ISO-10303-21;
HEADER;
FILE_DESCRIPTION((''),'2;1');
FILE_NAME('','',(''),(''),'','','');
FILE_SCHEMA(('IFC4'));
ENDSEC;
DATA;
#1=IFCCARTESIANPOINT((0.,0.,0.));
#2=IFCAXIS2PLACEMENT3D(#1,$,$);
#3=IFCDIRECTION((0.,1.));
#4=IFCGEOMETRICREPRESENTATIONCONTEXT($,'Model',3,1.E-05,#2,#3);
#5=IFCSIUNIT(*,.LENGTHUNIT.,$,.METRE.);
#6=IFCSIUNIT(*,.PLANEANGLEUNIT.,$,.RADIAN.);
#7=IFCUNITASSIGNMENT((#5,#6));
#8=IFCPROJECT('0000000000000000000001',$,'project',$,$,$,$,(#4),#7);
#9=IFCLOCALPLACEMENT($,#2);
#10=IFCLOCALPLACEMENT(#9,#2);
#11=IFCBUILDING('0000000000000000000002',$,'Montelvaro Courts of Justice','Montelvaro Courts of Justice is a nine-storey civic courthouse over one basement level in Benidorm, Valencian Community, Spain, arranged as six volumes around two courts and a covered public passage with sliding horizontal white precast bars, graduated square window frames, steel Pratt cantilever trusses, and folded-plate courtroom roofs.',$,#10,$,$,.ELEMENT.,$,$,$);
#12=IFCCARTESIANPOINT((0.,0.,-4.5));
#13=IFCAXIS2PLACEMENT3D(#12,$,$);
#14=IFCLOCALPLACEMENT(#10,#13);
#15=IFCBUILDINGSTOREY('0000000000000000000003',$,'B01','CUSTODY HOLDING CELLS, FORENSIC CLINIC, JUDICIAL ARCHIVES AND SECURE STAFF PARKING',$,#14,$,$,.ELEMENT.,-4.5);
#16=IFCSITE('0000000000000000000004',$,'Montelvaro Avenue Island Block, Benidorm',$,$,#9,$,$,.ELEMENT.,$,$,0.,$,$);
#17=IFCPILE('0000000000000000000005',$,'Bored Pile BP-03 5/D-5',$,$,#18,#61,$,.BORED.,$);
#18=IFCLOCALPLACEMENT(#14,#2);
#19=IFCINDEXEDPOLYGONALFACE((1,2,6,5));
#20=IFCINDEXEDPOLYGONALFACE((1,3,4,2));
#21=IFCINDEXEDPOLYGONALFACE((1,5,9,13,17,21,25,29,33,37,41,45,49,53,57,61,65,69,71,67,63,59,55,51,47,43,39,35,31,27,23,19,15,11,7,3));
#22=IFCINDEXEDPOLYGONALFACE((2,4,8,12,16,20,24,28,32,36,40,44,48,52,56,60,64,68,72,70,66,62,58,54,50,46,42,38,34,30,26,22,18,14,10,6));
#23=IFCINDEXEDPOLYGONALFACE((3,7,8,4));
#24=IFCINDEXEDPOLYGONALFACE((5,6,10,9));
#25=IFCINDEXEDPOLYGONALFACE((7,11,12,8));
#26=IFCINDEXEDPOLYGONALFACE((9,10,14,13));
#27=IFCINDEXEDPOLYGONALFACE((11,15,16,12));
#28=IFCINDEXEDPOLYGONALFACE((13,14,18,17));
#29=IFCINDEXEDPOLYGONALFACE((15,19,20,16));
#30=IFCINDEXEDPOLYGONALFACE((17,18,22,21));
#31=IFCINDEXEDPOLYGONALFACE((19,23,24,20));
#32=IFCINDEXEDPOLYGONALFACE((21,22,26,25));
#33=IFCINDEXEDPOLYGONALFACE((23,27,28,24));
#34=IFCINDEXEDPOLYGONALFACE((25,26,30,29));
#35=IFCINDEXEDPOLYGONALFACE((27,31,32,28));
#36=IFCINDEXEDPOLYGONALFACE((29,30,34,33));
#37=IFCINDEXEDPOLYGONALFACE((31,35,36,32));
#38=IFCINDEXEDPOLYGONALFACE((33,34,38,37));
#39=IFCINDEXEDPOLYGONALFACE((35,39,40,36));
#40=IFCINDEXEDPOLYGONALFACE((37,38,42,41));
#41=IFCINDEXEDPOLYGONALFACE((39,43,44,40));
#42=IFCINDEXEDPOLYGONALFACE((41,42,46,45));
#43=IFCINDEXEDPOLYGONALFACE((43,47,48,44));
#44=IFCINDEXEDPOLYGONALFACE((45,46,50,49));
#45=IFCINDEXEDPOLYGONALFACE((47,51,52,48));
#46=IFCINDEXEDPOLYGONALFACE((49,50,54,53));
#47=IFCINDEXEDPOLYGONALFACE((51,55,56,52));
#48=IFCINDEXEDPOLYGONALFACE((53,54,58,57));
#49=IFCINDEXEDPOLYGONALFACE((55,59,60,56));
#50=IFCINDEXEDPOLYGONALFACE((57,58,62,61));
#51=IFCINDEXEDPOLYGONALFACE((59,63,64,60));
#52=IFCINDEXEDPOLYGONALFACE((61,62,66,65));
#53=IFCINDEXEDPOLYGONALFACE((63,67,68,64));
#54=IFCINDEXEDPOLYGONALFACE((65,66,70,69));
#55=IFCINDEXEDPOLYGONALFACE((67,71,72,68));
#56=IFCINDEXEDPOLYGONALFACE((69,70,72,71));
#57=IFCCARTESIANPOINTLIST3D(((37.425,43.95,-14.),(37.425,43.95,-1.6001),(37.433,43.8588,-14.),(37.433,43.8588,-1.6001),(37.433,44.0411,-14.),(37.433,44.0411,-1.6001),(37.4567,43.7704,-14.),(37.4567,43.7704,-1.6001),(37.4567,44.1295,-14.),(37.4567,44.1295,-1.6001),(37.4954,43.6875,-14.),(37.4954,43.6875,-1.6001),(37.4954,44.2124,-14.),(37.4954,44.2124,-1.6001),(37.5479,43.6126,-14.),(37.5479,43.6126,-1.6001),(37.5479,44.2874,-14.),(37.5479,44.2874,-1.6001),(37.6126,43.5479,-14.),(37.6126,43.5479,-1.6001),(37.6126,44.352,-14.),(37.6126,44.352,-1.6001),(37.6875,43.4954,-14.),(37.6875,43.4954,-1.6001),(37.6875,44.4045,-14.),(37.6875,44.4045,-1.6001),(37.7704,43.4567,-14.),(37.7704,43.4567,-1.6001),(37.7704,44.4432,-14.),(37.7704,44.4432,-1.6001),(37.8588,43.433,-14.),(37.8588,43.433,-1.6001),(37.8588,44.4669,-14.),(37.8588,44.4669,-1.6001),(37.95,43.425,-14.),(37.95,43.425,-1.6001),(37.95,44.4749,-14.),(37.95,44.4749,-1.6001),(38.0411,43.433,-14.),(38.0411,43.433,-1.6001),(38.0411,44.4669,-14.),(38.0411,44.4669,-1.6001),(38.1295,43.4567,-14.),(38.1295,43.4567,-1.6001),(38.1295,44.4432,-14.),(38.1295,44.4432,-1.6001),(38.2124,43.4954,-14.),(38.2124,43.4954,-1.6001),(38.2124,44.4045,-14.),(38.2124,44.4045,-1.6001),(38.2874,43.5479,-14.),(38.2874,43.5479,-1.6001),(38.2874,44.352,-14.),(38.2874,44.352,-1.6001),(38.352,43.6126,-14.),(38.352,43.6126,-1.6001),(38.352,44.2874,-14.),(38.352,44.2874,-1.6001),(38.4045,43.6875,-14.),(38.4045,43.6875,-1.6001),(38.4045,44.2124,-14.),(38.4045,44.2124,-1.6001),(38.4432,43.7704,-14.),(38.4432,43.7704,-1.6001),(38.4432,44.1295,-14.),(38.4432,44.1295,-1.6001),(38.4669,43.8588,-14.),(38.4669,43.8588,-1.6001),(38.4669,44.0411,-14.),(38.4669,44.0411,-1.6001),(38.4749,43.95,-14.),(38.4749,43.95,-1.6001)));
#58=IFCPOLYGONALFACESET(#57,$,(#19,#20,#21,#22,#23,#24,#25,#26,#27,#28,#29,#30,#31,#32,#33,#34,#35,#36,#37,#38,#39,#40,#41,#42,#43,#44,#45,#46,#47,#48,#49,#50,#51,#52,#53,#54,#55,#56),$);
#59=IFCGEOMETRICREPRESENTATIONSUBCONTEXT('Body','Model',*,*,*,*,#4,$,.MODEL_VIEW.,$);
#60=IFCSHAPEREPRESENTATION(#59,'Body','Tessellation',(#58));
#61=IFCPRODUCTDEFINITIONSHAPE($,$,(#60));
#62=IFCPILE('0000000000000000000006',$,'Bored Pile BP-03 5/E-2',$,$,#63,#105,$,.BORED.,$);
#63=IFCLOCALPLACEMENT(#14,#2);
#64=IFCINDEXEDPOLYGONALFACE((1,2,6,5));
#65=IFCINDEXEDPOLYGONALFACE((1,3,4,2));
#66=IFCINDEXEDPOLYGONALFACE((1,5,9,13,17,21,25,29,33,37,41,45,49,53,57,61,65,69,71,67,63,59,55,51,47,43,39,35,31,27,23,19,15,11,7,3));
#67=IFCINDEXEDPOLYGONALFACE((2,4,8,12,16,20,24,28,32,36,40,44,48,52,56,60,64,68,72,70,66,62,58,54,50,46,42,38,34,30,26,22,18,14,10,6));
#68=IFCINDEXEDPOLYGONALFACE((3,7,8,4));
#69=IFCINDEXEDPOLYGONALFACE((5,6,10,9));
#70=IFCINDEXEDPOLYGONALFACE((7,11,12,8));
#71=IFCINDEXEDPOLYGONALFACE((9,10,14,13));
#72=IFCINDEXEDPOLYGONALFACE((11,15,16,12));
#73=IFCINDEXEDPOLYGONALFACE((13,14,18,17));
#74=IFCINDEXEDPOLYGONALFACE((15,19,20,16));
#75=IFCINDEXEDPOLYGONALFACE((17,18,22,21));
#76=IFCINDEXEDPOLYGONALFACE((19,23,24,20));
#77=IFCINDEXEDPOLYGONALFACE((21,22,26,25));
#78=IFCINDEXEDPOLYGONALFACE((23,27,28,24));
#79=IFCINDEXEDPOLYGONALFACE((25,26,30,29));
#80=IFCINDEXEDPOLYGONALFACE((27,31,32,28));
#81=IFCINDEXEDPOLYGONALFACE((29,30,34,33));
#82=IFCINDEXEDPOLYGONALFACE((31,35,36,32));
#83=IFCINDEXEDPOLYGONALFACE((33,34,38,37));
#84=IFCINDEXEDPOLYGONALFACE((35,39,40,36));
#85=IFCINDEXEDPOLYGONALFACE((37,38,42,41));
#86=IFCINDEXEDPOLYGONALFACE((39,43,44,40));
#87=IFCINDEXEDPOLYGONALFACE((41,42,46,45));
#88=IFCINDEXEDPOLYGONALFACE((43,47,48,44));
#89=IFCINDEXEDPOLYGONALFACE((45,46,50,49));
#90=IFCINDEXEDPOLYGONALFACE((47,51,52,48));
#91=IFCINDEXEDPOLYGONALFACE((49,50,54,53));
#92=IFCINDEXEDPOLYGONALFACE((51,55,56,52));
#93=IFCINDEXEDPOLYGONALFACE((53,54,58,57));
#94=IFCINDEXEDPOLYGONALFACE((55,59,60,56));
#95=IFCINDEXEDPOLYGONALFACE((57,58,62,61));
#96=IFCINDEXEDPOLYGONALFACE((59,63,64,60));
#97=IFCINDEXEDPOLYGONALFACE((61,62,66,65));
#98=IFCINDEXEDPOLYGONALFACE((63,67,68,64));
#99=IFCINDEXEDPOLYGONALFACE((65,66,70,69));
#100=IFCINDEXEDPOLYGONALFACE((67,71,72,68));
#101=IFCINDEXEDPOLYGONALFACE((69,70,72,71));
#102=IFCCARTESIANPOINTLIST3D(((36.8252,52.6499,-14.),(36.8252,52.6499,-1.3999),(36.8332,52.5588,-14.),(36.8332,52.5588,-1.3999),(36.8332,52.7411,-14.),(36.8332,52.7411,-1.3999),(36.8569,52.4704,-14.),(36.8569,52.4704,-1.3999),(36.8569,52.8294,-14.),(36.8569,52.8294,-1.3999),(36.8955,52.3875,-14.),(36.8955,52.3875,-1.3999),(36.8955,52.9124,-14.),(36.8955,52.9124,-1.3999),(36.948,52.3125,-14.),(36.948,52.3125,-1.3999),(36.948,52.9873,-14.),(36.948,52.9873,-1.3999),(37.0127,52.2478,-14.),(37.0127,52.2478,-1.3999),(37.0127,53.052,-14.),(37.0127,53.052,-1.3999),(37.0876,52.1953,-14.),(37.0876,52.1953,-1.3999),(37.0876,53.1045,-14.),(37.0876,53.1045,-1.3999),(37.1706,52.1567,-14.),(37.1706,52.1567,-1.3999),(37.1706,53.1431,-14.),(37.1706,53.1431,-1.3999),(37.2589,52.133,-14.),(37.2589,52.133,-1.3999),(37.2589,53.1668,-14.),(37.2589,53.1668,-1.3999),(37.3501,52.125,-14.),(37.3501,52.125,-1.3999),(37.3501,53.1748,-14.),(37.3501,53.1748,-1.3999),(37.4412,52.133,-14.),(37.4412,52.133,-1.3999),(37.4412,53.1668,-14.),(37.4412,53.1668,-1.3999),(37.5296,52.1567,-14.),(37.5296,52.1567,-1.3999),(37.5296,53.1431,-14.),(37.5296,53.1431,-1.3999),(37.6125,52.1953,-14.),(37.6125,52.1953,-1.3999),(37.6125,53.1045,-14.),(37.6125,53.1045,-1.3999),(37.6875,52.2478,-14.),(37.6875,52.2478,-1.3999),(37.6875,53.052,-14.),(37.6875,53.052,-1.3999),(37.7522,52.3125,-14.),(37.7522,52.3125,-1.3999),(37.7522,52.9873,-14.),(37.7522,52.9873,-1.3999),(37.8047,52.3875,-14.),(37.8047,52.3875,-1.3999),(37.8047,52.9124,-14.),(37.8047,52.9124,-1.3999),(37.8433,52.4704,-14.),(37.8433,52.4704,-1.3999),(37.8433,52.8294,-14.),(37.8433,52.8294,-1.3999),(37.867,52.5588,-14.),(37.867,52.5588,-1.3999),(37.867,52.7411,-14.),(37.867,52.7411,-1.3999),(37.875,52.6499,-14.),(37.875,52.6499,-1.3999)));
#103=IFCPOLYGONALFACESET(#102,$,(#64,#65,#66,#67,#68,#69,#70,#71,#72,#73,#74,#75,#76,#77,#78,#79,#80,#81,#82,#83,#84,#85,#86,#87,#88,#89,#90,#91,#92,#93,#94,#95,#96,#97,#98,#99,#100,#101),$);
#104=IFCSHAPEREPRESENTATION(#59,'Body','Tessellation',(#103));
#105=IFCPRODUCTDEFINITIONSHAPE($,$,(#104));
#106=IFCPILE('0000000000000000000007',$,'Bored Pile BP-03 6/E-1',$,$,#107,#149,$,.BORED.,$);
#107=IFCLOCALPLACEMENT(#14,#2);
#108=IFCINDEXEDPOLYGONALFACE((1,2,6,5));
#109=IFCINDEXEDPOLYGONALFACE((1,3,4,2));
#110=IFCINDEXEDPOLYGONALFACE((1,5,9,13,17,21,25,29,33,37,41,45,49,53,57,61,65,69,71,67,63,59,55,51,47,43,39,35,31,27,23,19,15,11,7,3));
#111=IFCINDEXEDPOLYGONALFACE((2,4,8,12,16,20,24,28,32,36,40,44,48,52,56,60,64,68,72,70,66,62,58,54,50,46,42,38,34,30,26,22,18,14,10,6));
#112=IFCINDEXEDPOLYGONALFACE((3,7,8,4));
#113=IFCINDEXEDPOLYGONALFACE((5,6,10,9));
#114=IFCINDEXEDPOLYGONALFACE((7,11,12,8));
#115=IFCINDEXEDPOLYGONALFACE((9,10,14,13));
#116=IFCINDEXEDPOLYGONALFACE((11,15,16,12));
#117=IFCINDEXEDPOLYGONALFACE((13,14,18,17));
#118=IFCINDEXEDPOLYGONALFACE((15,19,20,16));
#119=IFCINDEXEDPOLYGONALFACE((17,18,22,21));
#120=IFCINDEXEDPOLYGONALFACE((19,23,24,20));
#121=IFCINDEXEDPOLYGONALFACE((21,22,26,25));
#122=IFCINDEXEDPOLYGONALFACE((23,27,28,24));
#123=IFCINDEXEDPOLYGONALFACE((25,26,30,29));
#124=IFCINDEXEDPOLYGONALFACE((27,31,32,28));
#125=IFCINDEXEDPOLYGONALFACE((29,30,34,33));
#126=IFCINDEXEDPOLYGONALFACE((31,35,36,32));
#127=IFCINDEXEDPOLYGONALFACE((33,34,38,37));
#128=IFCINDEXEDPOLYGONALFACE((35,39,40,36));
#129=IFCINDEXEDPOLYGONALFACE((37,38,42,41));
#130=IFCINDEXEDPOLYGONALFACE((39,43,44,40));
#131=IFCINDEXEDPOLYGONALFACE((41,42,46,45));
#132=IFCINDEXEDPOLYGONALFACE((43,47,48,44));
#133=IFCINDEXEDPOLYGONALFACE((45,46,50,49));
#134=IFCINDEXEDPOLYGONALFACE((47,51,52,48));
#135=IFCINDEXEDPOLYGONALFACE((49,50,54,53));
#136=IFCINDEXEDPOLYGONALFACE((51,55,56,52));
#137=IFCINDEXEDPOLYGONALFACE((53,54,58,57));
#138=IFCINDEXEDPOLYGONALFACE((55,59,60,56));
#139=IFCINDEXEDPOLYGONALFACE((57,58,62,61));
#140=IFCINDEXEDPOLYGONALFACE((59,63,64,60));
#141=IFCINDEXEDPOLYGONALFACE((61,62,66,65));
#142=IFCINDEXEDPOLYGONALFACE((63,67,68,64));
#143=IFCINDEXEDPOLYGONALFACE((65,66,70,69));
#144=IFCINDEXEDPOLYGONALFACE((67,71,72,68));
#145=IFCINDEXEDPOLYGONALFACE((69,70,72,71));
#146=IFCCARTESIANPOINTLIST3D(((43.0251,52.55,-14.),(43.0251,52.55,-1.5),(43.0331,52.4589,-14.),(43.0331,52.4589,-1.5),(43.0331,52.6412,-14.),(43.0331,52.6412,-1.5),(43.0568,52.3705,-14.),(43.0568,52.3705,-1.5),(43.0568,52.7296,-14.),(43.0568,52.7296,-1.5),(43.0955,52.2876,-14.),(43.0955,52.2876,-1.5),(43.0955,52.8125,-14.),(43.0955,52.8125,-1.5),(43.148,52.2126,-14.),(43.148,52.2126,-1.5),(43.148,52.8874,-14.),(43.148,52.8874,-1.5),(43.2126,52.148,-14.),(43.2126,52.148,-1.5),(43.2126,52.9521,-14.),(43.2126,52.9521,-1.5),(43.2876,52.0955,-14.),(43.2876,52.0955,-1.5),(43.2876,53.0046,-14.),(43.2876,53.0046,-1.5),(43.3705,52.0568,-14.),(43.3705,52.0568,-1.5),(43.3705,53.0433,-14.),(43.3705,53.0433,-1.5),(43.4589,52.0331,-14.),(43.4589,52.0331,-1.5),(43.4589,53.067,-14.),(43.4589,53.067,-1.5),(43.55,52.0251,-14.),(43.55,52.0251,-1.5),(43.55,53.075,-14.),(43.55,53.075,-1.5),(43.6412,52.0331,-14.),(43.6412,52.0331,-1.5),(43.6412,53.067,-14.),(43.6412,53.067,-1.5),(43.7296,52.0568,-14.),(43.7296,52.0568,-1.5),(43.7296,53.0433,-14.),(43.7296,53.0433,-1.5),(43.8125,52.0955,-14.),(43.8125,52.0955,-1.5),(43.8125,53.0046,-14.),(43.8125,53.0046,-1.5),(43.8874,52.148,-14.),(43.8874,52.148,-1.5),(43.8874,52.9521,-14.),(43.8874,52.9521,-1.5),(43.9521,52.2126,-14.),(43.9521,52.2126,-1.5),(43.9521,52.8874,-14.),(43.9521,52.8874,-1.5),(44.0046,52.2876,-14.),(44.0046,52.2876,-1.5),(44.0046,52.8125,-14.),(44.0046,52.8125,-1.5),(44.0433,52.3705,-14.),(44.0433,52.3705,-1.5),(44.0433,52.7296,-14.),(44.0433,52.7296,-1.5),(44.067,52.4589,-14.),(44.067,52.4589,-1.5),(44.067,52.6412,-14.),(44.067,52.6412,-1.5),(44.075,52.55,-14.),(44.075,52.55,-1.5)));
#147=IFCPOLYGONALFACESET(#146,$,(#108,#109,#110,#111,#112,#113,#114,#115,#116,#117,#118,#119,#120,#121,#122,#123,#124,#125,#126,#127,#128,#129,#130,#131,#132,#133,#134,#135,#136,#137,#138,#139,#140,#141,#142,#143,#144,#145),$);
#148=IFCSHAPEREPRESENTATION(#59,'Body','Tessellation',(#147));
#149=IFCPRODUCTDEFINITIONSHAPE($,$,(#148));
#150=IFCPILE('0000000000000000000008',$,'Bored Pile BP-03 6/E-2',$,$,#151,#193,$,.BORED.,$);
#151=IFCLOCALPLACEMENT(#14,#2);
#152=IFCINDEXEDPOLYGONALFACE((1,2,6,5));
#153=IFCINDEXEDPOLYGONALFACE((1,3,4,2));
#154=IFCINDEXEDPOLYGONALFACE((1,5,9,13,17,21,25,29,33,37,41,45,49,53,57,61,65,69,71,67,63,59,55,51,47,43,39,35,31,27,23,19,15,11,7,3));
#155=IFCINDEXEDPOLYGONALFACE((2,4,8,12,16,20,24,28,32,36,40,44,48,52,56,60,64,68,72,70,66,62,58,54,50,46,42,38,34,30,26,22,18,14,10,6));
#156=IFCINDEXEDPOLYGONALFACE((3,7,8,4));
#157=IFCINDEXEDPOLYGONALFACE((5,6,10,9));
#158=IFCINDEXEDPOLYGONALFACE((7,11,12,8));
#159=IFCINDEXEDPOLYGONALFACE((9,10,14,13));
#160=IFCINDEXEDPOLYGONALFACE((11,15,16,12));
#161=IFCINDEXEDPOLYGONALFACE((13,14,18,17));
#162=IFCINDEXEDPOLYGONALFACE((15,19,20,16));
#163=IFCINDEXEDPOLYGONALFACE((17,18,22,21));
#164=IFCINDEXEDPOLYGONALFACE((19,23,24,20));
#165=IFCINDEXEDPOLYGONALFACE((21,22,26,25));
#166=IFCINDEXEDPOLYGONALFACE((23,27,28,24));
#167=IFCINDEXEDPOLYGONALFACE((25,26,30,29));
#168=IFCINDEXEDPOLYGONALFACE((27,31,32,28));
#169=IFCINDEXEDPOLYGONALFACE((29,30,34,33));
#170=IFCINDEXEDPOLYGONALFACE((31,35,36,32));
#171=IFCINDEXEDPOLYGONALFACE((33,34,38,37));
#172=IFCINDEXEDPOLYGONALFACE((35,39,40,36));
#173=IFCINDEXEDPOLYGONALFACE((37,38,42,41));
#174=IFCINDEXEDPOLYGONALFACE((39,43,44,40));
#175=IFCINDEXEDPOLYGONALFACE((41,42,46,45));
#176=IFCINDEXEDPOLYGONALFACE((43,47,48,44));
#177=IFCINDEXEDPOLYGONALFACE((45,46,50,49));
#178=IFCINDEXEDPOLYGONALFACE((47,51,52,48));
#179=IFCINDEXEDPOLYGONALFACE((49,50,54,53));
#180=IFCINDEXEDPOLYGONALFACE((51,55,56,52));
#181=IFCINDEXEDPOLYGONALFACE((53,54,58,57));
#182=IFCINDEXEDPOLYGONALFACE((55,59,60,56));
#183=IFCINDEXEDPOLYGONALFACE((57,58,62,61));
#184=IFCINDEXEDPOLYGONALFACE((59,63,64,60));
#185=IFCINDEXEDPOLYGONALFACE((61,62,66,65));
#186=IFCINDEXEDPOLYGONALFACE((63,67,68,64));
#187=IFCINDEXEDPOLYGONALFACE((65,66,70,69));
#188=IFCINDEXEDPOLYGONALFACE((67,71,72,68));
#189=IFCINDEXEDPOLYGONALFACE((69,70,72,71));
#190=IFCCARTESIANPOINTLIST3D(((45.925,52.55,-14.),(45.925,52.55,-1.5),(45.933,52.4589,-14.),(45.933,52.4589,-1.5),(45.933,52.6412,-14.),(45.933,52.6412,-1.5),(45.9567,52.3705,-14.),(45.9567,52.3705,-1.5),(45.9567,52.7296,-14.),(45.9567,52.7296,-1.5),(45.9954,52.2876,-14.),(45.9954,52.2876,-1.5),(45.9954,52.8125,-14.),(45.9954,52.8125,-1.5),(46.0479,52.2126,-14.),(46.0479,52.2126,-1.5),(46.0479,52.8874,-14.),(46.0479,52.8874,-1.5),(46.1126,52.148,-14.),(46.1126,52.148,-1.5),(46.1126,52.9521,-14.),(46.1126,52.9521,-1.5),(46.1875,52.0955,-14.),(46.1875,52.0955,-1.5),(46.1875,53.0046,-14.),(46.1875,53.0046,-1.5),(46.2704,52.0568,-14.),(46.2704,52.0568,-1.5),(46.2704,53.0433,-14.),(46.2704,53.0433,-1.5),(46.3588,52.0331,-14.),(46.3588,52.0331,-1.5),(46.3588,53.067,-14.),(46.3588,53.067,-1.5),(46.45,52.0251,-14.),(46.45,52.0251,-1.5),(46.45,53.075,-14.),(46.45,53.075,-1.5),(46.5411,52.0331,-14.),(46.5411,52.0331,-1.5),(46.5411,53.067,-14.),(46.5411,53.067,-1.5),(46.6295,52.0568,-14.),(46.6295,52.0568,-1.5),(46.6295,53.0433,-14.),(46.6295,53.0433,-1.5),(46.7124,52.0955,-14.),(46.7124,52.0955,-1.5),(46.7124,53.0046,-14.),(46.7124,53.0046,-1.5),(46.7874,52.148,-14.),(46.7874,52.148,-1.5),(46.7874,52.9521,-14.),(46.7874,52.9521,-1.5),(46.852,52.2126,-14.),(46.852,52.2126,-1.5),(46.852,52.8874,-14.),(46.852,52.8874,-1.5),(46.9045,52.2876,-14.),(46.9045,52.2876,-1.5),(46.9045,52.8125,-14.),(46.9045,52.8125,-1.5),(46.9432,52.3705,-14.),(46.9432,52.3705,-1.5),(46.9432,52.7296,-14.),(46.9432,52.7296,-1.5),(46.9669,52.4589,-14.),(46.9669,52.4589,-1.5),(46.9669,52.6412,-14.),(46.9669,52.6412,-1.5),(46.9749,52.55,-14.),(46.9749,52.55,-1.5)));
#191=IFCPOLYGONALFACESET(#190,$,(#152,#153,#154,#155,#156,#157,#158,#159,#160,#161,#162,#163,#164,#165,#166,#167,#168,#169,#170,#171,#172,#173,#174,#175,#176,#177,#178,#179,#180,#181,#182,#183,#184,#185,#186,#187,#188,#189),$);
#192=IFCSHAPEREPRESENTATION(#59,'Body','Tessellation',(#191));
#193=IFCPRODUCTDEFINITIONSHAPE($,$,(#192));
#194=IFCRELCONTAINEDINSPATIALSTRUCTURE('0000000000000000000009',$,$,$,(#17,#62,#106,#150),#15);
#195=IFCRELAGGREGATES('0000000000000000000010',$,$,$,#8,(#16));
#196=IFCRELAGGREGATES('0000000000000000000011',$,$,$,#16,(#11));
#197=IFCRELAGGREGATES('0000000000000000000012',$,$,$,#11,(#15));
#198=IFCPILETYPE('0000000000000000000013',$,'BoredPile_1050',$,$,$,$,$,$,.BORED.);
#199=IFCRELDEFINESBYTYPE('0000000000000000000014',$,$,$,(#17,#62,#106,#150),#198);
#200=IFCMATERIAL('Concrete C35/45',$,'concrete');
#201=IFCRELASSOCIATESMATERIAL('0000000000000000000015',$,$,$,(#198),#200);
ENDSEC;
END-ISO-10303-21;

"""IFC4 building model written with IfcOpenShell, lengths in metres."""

from ifc_helpers import new_model, si_unit, direction, frame, origin, origin_2d, place, context, subcontext, project, spatial, circle, extrude, material, material_profile, profile_set, type_object, element, save


model = new_model("IFC4")

# Units and contexts
model_context = context("Model", 3, precision=1e-05, world=origin(), true_north=direction((0.0, 1.0)))
body_context = subcontext(model_context, "Body", "Model", "MODEL_VIEW")
ifc_project = project(units=[si_unit("LENGTHUNIT", "METRE"), si_unit("PLANEANGLEUNIT", "RADIAN")], contexts=[model_context])

# Site, building, storey
site_placement = place(None, origin())
site = spatial("IfcSite", under=ifc_project, at=site_placement, Name="Montelvaro Avenue Island Block, Benidorm", CompositionType="ELEMENT", RefElevation=0.0)
building_placement = place(site_placement, origin())
building = spatial("IfcBuilding", under=site, at=building_placement, Name="Montelvaro Courts of Justice", Description="Montelvaro Courts of Justice is a nine-storey civic courthouse over one basement level in Benidorm, Valencian Community, Spain, arranged as six volumes around two courts and a covered public passage with sliding horizontal white precast bars, graduated square window frames, steel Pratt cantilever trusses, and folded-plate courtroom roofs.", CompositionType="ELEMENT")
storey_placement = place(building_placement, frame((0.0, 0.0, -4.5)))
storey = spatial("IfcBuildingStorey", under=building, at=storey_placement, Name="B01", Description="CUSTODY HOLDING CELLS, FORENSIC CLINIC, JUDICIAL ARCHIVES AND SECURE STAFF PARKING", CompositionType="ELEMENT", Elevation=-4.5)

# Piles
ifc_material_1 = material(Name="Concrete C35/45", Category="concrete")
ifc_material_profile_1 = material_profile(ifc_material_1, circle(Radius=0.5249, at=origin_2d()), Name="BORED PILE D1050")
ifc_profile_set_1 = profile_set([ifc_material_profile_1], Name="Concrete C35/45")
pile_type_1 = type_object("IfcPileType", Name="BoredPile_1050", PredefinedType="BORED", material=ifc_profile_set_1)
pile_1_placement = place(storey_placement, frame((37.95, 43.95, -1.6001), z_axis=(0.0, 0.0, -1.0), x_axis=(1.0, 0.0, 0.0)))
element("IfcPile", 1, at=pile_1_placement, inside=storey, type_object=pile_type_1, Name="Bored Pile BP-03 5/D-5", PredefinedType="BORED", context=body_context, shape_type="SweptSolid", body=[
    extrude(circle(Radius=0.5249, at=origin_2d()), origin(), (0.0, 0.0, 1.0), 12.3999),
])
pile_2_placement = place(storey_placement, frame((37.3501, 52.6499, -1.3999), z_axis=(0.0, 0.0, -1.0), x_axis=(1.0, 0.0, 0.0)))
element("IfcPile", 2, at=pile_2_placement, inside=storey, type_object=pile_type_1, Name="Bored Pile BP-03 5/E-2", PredefinedType="BORED", context=body_context, shape_type="SweptSolid", body=[
    extrude(circle(Radius=0.5249, at=origin_2d()), origin(), (0.0, 0.0, 1.0), 12.6001),
])
for number, where, z_axis, x_axis, name in (
    (3, (43.55, 52.55, -1.5), (0.0, 0.0, -1.0), (1.0, 0.0, 0.0), "Bored Pile BP-03 6/E-1"),
    (4, (46.45, 52.55, -1.5), (0.0, 0.0, -1.0), (1.0, 0.0, 0.0), "Bored Pile BP-03 6/E-2"),
):
    element("IfcPile", number, at=place(storey_placement, frame(where, z_axis=z_axis, x_axis=x_axis)), inside=storey, type_object=pile_type_1, Name=name, PredefinedType="BORED", context=body_context, shape_type="SweptSolid", body=[
        extrude(circle(Radius=0.5249, at=origin_2d()), origin(), (0.0, 0.0, 1.0), 12.5),
    ])

save(model, "model.ifc")
